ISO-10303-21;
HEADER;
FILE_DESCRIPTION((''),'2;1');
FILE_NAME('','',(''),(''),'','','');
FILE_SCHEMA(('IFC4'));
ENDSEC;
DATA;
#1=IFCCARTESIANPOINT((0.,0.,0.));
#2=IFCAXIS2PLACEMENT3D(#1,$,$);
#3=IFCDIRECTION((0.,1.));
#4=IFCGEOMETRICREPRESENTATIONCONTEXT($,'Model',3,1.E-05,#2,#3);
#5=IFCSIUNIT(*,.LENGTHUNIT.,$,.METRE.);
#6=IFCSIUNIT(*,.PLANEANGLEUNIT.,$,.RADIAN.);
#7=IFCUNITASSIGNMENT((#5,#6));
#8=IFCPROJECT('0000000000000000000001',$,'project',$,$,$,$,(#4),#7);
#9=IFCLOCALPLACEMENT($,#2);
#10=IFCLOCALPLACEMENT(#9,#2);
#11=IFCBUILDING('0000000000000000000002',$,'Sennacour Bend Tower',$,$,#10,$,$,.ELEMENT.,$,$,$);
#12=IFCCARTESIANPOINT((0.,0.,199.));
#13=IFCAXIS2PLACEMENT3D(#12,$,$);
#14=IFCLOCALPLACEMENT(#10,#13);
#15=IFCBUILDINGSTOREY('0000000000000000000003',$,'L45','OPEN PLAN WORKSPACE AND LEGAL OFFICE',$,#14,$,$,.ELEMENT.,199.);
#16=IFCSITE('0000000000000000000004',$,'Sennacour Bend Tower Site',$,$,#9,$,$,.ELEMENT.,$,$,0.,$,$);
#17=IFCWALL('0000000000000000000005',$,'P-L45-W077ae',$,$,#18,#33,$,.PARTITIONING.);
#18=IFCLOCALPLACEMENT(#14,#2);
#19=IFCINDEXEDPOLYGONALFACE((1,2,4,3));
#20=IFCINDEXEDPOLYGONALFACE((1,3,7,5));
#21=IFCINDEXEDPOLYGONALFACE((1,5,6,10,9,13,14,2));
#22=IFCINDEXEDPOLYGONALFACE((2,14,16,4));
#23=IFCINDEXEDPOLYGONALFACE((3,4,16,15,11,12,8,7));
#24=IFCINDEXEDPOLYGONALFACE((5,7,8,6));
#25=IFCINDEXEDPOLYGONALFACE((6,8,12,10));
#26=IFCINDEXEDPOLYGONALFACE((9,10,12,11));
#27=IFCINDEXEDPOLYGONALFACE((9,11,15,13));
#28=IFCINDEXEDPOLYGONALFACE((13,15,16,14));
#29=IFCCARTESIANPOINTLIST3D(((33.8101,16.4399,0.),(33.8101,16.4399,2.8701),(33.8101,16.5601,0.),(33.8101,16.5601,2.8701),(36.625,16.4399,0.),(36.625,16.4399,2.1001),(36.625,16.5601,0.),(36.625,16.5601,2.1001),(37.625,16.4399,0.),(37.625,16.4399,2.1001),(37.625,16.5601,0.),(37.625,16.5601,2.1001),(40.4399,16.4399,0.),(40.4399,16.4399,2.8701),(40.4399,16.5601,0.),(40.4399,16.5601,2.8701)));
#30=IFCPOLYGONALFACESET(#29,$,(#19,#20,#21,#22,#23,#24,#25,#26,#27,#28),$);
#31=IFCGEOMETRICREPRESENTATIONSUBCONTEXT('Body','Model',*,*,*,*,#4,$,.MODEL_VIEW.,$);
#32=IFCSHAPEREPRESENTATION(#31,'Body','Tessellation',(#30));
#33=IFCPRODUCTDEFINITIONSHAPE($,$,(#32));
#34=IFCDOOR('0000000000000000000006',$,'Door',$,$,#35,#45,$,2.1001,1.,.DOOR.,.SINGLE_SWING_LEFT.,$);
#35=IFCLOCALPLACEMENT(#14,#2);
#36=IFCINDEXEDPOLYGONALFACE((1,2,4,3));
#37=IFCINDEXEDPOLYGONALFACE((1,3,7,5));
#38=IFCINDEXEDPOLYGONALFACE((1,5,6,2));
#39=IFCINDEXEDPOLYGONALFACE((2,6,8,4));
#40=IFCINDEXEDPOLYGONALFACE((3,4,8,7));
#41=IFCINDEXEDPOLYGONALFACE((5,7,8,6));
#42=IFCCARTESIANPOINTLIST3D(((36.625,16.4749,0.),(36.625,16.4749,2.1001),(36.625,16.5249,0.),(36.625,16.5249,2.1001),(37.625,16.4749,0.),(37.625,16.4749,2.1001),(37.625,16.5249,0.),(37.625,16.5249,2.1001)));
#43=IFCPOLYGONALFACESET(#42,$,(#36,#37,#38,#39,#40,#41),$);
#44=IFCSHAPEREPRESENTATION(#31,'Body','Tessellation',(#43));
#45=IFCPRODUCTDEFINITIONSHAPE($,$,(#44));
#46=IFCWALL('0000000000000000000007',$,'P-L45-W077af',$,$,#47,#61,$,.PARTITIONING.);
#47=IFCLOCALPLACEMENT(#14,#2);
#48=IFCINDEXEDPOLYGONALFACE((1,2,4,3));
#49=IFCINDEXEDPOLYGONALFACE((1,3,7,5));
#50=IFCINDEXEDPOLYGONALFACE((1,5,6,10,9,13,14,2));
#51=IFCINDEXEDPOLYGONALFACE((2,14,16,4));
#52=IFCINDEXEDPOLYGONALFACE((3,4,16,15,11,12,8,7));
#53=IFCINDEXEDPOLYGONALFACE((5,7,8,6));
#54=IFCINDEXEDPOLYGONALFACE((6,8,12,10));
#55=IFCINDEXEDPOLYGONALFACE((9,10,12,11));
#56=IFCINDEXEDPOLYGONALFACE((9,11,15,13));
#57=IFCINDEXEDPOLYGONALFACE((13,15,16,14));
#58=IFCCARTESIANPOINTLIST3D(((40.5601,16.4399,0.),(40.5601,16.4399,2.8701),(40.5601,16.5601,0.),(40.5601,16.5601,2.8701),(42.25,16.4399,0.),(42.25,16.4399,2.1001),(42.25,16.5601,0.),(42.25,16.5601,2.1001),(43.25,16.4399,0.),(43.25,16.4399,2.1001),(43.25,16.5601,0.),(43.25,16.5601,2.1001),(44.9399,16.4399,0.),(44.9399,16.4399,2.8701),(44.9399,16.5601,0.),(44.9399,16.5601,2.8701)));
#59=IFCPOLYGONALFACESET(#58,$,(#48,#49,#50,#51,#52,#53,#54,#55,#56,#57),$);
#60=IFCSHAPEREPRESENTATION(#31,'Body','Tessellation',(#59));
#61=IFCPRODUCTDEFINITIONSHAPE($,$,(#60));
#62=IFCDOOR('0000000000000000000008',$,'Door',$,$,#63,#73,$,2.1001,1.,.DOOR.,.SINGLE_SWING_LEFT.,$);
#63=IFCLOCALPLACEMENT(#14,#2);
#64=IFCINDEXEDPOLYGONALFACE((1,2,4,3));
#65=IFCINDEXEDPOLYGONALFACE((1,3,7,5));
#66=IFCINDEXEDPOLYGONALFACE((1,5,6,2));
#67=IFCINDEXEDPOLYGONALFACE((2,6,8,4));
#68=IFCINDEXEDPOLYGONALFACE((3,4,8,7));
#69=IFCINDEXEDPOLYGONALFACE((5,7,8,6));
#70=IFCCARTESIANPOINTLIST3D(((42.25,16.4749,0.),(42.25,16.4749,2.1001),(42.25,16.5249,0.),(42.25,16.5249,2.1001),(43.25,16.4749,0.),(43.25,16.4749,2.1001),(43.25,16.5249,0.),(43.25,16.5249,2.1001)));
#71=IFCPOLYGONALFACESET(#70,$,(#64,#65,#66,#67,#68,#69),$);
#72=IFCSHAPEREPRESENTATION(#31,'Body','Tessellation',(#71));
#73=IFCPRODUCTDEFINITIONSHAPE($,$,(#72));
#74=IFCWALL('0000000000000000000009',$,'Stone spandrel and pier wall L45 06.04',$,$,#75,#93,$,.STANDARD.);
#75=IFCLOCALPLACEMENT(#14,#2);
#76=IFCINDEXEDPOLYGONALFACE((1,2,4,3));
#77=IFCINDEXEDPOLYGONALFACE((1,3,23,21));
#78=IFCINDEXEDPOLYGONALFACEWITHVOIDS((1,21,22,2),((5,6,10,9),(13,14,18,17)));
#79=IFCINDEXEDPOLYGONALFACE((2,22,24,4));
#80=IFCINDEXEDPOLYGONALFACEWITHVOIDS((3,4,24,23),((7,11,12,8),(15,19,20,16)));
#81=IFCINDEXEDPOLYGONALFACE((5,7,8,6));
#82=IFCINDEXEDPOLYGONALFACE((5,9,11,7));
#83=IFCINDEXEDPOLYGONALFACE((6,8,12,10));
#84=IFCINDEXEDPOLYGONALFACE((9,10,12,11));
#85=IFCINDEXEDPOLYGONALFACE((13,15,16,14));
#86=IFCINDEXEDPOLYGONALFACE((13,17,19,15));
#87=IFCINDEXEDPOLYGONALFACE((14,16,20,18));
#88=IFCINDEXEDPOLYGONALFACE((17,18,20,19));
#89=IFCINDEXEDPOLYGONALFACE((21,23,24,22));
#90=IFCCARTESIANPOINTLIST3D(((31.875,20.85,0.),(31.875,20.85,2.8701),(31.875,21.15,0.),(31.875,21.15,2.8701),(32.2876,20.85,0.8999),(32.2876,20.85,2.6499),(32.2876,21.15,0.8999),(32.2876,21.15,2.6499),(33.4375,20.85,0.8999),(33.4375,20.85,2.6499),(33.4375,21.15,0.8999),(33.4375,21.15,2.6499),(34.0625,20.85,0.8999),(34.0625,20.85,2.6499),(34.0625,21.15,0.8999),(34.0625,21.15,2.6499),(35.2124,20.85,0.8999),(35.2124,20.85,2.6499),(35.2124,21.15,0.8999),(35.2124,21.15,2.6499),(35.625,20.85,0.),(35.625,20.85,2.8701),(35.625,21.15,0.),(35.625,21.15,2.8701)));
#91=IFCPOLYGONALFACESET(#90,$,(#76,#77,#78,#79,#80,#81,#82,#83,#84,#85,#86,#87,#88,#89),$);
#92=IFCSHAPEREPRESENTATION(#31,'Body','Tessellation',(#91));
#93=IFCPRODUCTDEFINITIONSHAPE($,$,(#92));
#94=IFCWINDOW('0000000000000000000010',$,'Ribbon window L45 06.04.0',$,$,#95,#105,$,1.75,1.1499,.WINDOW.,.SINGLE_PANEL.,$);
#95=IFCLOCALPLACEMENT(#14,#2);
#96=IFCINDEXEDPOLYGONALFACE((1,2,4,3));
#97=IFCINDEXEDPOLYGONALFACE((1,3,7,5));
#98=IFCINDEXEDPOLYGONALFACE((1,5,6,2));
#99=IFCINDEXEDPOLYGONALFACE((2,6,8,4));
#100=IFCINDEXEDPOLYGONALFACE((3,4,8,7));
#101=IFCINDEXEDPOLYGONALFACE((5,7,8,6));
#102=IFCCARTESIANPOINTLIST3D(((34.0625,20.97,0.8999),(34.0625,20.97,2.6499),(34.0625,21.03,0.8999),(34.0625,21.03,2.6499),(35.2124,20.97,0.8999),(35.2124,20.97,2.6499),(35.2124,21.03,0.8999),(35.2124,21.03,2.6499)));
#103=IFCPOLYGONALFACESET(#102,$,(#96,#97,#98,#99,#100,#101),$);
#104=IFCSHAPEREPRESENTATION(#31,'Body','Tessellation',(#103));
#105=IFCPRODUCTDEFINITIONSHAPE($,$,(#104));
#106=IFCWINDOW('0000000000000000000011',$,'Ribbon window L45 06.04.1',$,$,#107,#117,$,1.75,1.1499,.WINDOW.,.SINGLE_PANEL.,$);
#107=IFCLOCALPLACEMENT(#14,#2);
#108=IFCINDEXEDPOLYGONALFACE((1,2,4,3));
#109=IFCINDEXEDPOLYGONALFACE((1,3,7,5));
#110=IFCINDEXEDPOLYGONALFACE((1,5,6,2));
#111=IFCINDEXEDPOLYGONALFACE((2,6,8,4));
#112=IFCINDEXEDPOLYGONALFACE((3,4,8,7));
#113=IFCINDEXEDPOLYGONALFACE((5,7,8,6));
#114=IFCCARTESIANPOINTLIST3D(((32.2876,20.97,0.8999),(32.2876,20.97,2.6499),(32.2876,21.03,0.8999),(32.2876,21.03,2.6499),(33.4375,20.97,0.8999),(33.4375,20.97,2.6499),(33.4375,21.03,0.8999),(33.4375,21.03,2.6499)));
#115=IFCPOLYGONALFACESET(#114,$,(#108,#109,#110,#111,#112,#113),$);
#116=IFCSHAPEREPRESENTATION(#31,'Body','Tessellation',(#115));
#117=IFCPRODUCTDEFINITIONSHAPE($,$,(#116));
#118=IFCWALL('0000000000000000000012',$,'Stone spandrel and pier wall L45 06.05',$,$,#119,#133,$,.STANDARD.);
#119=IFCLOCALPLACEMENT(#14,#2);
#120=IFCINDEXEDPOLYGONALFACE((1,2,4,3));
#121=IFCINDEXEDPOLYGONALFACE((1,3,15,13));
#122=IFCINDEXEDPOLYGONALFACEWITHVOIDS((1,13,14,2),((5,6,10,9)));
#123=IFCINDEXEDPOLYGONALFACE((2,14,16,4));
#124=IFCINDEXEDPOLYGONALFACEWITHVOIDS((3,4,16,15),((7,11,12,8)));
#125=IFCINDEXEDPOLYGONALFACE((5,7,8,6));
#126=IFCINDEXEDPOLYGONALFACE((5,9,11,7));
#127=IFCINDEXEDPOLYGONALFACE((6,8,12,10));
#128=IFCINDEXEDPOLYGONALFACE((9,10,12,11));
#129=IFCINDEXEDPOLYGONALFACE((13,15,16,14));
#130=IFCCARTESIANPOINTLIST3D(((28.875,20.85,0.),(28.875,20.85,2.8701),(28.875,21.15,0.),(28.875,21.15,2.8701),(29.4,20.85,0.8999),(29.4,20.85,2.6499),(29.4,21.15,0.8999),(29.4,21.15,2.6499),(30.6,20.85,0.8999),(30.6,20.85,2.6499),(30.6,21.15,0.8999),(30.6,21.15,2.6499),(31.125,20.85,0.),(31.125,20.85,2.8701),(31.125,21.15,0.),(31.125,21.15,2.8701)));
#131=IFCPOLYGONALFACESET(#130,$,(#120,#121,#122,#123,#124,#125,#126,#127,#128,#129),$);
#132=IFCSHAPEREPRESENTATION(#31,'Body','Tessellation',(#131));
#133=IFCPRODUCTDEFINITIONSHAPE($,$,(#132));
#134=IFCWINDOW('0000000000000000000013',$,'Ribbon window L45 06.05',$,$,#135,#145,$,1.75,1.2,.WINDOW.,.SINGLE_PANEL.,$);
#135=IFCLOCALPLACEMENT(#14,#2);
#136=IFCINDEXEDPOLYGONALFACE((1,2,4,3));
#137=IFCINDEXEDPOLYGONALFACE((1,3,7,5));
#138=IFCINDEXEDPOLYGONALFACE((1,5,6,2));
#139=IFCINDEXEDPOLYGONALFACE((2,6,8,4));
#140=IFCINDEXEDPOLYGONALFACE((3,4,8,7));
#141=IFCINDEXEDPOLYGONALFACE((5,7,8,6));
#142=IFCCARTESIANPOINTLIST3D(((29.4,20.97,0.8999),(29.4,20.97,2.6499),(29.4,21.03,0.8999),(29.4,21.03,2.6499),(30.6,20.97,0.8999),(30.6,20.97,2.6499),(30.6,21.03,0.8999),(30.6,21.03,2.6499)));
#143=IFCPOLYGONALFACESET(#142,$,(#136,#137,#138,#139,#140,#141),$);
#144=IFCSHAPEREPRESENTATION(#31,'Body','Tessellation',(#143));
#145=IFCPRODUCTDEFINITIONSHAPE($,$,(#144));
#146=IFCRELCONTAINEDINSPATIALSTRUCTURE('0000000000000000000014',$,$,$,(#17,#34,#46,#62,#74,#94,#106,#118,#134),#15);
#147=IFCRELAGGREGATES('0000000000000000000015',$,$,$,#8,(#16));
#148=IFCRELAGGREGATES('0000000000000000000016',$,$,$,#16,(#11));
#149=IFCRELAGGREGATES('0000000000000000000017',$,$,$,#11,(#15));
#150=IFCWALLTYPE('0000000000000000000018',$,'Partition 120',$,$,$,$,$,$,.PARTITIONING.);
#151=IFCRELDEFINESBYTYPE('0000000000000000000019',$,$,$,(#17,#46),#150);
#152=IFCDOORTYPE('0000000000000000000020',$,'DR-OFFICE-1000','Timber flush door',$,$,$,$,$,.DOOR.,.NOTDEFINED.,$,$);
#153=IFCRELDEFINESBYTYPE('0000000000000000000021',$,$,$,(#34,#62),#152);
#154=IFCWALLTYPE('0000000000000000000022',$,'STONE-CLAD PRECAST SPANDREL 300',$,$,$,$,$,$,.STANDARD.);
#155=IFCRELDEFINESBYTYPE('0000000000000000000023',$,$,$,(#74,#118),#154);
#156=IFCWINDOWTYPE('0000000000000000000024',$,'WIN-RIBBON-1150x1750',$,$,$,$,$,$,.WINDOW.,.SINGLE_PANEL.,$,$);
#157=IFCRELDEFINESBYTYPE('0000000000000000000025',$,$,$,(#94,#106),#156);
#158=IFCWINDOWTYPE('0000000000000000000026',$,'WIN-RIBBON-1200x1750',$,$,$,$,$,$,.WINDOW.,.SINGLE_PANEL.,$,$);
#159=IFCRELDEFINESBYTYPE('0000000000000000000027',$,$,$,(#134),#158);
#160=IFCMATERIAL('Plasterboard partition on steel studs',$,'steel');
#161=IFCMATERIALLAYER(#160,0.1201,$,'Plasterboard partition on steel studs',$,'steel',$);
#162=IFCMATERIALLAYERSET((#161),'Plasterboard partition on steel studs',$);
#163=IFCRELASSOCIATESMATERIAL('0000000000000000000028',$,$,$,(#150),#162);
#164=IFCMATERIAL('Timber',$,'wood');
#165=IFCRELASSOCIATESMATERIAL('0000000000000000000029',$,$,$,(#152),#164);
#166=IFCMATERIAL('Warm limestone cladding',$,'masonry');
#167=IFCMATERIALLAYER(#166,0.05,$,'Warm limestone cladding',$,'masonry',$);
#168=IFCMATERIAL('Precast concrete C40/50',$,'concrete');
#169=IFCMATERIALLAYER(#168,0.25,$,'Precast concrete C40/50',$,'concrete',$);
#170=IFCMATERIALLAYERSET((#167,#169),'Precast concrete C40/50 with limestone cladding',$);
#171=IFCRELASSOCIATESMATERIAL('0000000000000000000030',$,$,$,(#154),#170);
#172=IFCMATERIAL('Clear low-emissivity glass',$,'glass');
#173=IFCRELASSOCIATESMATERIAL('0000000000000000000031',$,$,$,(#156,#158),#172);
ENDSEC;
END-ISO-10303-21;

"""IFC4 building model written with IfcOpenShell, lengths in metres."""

from ifc_helpers import new_model, si_unit, direction, frame, frame_2d, origin, place, context, subcontext, project, spatial, rectangle, extrude, material, layer, layer_set, type_object, element, fill, save


model = new_model("IFC4")

# Units and contexts
model_context = context("Model", 3, precision=1e-05, world=origin(), true_north=direction((0.0, 1.0)))
body_context = subcontext(model_context, "Body", "Model", "MODEL_VIEW")
ifc_project = project(units=[si_unit("LENGTHUNIT", "METRE"), si_unit("PLANEANGLEUNIT", "RADIAN")], contexts=[model_context])

# Site, building, storey
site_placement = place(None, origin())
site = spatial("IfcSite", under=ifc_project, at=site_placement, Name="Sennacour Bend Tower Site", CompositionType="ELEMENT", RefElevation=0.0)
building_placement = place(site_placement, origin())
building = spatial("IfcBuilding", under=site, at=building_placement, Name="Sennacour Bend Tower", CompositionType="ELEMENT")
storey_placement = place(building_placement, frame((0.0, 0.0, 199.0)))
storey = spatial("IfcBuildingStorey", under=building, at=storey_placement, Name="L45", Description="OPEN PLAN WORKSPACE AND LEGAL OFFICE", CompositionType="ELEMENT", Elevation=199.0)

# Shared definitions
ifc_material_1 = material(Name="Plasterboard partition on steel studs", Category="steel")
ifc_layer_1 = layer(ifc_material_1, 0.1201, Name="Plasterboard partition on steel studs", Category="steel")
ifc_layer_set_1 = layer_set([ifc_layer_1], Name="Plasterboard partition on steel studs")
wall_type_1 = type_object("IfcWallType", Name="Partition 120", PredefinedType="PARTITIONING", material=ifc_layer_set_1)

# Shared definitions
ifc_material_2 = material(Name="Timber", Category="wood")

# Walls, openings, doors
door_type_1 = type_object("IfcDoorType", Name="DR-OFFICE-1000", Description="Timber flush door", OperationType="NOTDEFINED", PredefinedType="DOOR", material=ifc_material_2)
wall_1_placement = place(storey_placement, frame((33.8101, 16.5, 0.0), z_axis=(0.0, 0.0, 1.0), x_axis=(1.0, 0.0, 0.0)))
wall_1 = element("IfcWall", 1, at=wall_1_placement, inside=storey, type_object=wall_type_1, Name="P-L45-W077ae", PredefinedType="PARTITIONING", context=body_context, shape_type="SweptSolid", body=[
    extrude(rectangle(XDim=6.6299, YDim=0.1201, at=frame_2d((3.3149, 0.0))), origin(), (0.0, 0.0, 1.0), 2.8701),
])
opening_1_placement = place(wall_1_placement, frame((2.8149, 0.0, 0.0)))
opening_1 = element("IfcOpeningElement", 2, at=opening_1_placement, cuts=wall_1, PredefinedType="OPENING", context=body_context, shape_type="SweptSolid", body=[
    extrude(rectangle(XDim=1.0, YDim=2.1001, at=frame_2d((0.5, 1.05))), frame((0.0, 0.0701, 0.0), z_axis=(0.0, -1.0, 0.0), x_axis=(1.0, 0.0, 0.0)), (0.0, 0.0, 1.0), 0.1401),
])
door_1_placement = place(opening_1_placement, origin())
door_1 = element("IfcDoor", 3, at=door_1_placement, inside=storey, type_object=door_type_1, Name="Door", OperationType="SINGLE_SWING_LEFT", OverallHeight=2.1001, OverallWidth=1.0, PredefinedType="DOOR", context=body_context, shape_type="SweptSolid", body=[
    extrude(rectangle(XDim=1.0, YDim=2.1001, at=frame_2d((0.5, 1.05))), frame((0.0, 0.0249, 0.0), z_axis=(0.0, -1.0, 0.0), x_axis=(1.0, 0.0, 0.0)), (0.0, 0.0, 1.0), 0.05),
])
fill(opening_1, door_1)
wall_2_placement = place(storey_placement, frame((40.5601, 16.5, 0.0), z_axis=(0.0, 0.0, 1.0), x_axis=(1.0, 0.0, 0.0)))
wall_2 = element("IfcWall", 4, at=wall_2_placement, inside=storey, type_object=wall_type_1, Name="P-L45-W077af", PredefinedType="PARTITIONING", context=body_context, shape_type="SweptSolid", body=[
    extrude(rectangle(XDim=4.3799, YDim=0.1201, at=frame_2d((2.1899, 0.0))), origin(), (0.0, 0.0, 1.0), 2.8701),
])
opening_2_placement = place(wall_2_placement, frame((1.6899, 0.0, 0.0)))
opening_2 = element("IfcOpeningElement", 5, at=opening_2_placement, cuts=wall_2, PredefinedType="OPENING", context=body_context, shape_type="SweptSolid", body=[
    extrude(rectangle(XDim=1.0, YDim=2.1001, at=frame_2d((0.5, 1.05))), frame((0.0, 0.0701, 0.0), z_axis=(0.0, -1.0, 0.0), x_axis=(1.0, 0.0, 0.0)), (0.0, 0.0, 1.0), 0.1401),
])
door_2_placement = place(opening_2_placement, origin())
door_2 = element("IfcDoor", 6, at=door_2_placement, inside=storey, type_object=door_type_1, Name="Door", OperationType="SINGLE_SWING_LEFT", OverallHeight=2.1001, OverallWidth=1.0, PredefinedType="DOOR", context=body_context, shape_type="SweptSolid", body=[
    extrude(rectangle(XDim=1.0, YDim=2.1001, at=frame_2d((0.5, 1.05))), frame((0.0, 0.0249, 0.0), z_axis=(0.0, -1.0, 0.0), x_axis=(1.0, 0.0, 0.0)), (0.0, 0.0, 1.0), 0.05),
])
fill(opening_2, door_2)

# Wall, openings, windows
ifc_material_3 = material(Name="Warm limestone cladding", Category="masonry")
ifc_layer_2 = layer(ifc_material_3, 0.05, Name="Warm limestone cladding", Category="masonry")
ifc_material_4 = material(Name="Precast concrete C40/50", Category="concrete")
ifc_layer_3 = layer(ifc_material_4, 0.25, Name="Precast concrete C40/50", Category="concrete")
ifc_layer_set_2 = layer_set([ifc_layer_2, ifc_layer_3], Name="Precast concrete C40/50 with limestone cladding")
wall_type_2 = type_object("IfcWallType", Name="STONE-CLAD PRECAST SPANDREL 300", PredefinedType="STANDARD", material=ifc_layer_set_2)
wall_3_placement = place(storey_placement, frame((35.625, 21.0, 0.0), z_axis=(0.0, 0.0, 1.0), x_axis=(-1.0, 0.0, 0.0)))
wall_3 = element("IfcWall", 7, at=wall_3_placement, inside=storey, type_object=wall_type_2, Name="Stone spandrel and pier wall L45 06.04", PredefinedType="STANDARD", context=body_context, shape_type="SweptSolid", body=[
    extrude(rectangle(XDim=3.75, YDim=0.3, at=frame_2d((1.875, 0.0))), origin(), (0.0, 0.0, 1.0), 2.8701),
])
opening_3_placement = place(wall_3_placement, frame((0.4126, 0.0, 0.8999)))
opening_3 = element("IfcOpeningElement", 8, at=opening_3_placement, cuts=wall_3, PredefinedType="OPENING", context=body_context, shape_type="SweptSolid", body=[
    extrude(rectangle(XDim=1.1499, YDim=1.75, at=frame_2d((0.575, 0.875))), frame((0.0, 0.1602, 0.0), z_axis=(0.0, -1.0, 0.0), x_axis=(1.0, 0.0, 0.0)), (0.0, 0.0, 1.0), 0.3201),
])
opening_4_placement = place(wall_3_placement, frame((2.1875, 0.0, 0.8999)))
opening_4 = element("IfcOpeningElement", 9, at=opening_4_placement, cuts=wall_3, PredefinedType="OPENING", context=body_context, shape_type="SweptSolid", body=[
    extrude(rectangle(XDim=1.1499, YDim=1.75, at=frame_2d((0.575, 0.875))), frame((0.0, 0.1602, 0.0), z_axis=(0.0, -1.0, 0.0), x_axis=(1.0, 0.0, 0.0)), (0.0, 0.0, 1.0), 0.3201),
])
ifc_material_5 = material(Name="Clear low-emissivity glass", Category="glass")
window_type_1 = type_object("IfcWindowType", Name="WIN-RIBBON-1150x1750", PartitioningType="SINGLE_PANEL", PredefinedType="WINDOW", material=ifc_material_5)
window_1_placement = place(opening_3_placement, origin())
window_1 = element("IfcWindow", 10, at=window_1_placement, inside=storey, type_object=window_type_1, Name="Ribbon window L45 06.04.0", OverallHeight=1.75, OverallWidth=1.1499, PartitioningType="SINGLE_PANEL", PredefinedType="WINDOW", context=body_context, shape_type="SweptSolid", body=[
    extrude(rectangle(XDim=1.1499, YDim=1.75, at=frame_2d((0.575, 0.875))), frame((0.0, 0.03, 0.0), z_axis=(0.0, -1.0, 0.0), x_axis=(1.0, 0.0, 0.0)), (0.0, 0.0, 1.0), 0.0601),
])
fill(opening_3, window_1)
window_2_placement = place(opening_4_placement, origin())
window_2 = element("IfcWindow", 11, at=window_2_placement, inside=storey, type_object=window_type_1, Name="Ribbon window L45 06.04.1", OverallHeight=1.75, OverallWidth=1.1499, PartitioningType="SINGLE_PANEL", PredefinedType="WINDOW", context=body_context, shape_type="SweptSolid", body=[
    extrude(rectangle(XDim=1.1499, YDim=1.75, at=frame_2d((0.575, 0.875))), frame((0.0, 0.03, 0.0), z_axis=(0.0, -1.0, 0.0), x_axis=(1.0, 0.0, 0.0)), (0.0, 0.0, 1.0), 0.0601),
])
fill(opening_4, window_2)

# Wall, opening, window
wall_4_placement = place(storey_placement, frame((31.125, 21.0, 0.0), z_axis=(0.0, 0.0, 1.0), x_axis=(-1.0, 0.0, 0.0)))
wall_4 = element("IfcWall", 12, at=wall_4_placement, inside=storey, type_object=wall_type_2, Name="Stone spandrel and pier wall L45 06.05", PredefinedType="STANDARD", context=body_context, shape_type="SweptSolid", body=[
    extrude(rectangle(XDim=2.25, YDim=0.3, at=frame_2d((1.125, 0.0))), origin(), (0.0, 0.0, 1.0), 2.8701),
])
opening_5_placement = place(wall_4_placement, frame((0.5249, 0.0, 0.8999)))
opening_5 = element("IfcOpeningElement", 13, at=opening_5_placement, cuts=wall_4, PredefinedType="OPENING", context=body_context, shape_type="SweptSolid", body=[
    extrude(rectangle(XDim=1.2, YDim=1.75, at=frame_2d((0.6001, 0.875))), frame((0.0, 0.1602, 0.0), z_axis=(0.0, -1.0, 0.0), x_axis=(1.0, 0.0, 0.0)), (0.0, 0.0, 1.0), 0.3201),
])
window_type_2 = type_object("IfcWindowType", Name="WIN-RIBBON-1200x1750", PartitioningType="SINGLE_PANEL", PredefinedType="WINDOW", material=ifc_material_5)
window_3_placement = place(opening_5_placement, origin())
window_3 = element("IfcWindow", 14, at=window_3_placement, inside=storey, type_object=window_type_2, Name="Ribbon window L45 06.05", OverallHeight=1.75, OverallWidth=1.2, PartitioningType="SINGLE_PANEL", PredefinedType="WINDOW", context=body_context, shape_type="SweptSolid", body=[
    extrude(rectangle(XDim=1.2, YDim=1.75, at=frame_2d((0.6001, 0.875))), frame((0.0, 0.03, 0.0), z_axis=(0.0, -1.0, 0.0), x_axis=(1.0, 0.0, 0.0)), (0.0, 0.0, 1.0), 0.0601),
])
fill(opening_5, window_3)

save(model, "model.ifc")
